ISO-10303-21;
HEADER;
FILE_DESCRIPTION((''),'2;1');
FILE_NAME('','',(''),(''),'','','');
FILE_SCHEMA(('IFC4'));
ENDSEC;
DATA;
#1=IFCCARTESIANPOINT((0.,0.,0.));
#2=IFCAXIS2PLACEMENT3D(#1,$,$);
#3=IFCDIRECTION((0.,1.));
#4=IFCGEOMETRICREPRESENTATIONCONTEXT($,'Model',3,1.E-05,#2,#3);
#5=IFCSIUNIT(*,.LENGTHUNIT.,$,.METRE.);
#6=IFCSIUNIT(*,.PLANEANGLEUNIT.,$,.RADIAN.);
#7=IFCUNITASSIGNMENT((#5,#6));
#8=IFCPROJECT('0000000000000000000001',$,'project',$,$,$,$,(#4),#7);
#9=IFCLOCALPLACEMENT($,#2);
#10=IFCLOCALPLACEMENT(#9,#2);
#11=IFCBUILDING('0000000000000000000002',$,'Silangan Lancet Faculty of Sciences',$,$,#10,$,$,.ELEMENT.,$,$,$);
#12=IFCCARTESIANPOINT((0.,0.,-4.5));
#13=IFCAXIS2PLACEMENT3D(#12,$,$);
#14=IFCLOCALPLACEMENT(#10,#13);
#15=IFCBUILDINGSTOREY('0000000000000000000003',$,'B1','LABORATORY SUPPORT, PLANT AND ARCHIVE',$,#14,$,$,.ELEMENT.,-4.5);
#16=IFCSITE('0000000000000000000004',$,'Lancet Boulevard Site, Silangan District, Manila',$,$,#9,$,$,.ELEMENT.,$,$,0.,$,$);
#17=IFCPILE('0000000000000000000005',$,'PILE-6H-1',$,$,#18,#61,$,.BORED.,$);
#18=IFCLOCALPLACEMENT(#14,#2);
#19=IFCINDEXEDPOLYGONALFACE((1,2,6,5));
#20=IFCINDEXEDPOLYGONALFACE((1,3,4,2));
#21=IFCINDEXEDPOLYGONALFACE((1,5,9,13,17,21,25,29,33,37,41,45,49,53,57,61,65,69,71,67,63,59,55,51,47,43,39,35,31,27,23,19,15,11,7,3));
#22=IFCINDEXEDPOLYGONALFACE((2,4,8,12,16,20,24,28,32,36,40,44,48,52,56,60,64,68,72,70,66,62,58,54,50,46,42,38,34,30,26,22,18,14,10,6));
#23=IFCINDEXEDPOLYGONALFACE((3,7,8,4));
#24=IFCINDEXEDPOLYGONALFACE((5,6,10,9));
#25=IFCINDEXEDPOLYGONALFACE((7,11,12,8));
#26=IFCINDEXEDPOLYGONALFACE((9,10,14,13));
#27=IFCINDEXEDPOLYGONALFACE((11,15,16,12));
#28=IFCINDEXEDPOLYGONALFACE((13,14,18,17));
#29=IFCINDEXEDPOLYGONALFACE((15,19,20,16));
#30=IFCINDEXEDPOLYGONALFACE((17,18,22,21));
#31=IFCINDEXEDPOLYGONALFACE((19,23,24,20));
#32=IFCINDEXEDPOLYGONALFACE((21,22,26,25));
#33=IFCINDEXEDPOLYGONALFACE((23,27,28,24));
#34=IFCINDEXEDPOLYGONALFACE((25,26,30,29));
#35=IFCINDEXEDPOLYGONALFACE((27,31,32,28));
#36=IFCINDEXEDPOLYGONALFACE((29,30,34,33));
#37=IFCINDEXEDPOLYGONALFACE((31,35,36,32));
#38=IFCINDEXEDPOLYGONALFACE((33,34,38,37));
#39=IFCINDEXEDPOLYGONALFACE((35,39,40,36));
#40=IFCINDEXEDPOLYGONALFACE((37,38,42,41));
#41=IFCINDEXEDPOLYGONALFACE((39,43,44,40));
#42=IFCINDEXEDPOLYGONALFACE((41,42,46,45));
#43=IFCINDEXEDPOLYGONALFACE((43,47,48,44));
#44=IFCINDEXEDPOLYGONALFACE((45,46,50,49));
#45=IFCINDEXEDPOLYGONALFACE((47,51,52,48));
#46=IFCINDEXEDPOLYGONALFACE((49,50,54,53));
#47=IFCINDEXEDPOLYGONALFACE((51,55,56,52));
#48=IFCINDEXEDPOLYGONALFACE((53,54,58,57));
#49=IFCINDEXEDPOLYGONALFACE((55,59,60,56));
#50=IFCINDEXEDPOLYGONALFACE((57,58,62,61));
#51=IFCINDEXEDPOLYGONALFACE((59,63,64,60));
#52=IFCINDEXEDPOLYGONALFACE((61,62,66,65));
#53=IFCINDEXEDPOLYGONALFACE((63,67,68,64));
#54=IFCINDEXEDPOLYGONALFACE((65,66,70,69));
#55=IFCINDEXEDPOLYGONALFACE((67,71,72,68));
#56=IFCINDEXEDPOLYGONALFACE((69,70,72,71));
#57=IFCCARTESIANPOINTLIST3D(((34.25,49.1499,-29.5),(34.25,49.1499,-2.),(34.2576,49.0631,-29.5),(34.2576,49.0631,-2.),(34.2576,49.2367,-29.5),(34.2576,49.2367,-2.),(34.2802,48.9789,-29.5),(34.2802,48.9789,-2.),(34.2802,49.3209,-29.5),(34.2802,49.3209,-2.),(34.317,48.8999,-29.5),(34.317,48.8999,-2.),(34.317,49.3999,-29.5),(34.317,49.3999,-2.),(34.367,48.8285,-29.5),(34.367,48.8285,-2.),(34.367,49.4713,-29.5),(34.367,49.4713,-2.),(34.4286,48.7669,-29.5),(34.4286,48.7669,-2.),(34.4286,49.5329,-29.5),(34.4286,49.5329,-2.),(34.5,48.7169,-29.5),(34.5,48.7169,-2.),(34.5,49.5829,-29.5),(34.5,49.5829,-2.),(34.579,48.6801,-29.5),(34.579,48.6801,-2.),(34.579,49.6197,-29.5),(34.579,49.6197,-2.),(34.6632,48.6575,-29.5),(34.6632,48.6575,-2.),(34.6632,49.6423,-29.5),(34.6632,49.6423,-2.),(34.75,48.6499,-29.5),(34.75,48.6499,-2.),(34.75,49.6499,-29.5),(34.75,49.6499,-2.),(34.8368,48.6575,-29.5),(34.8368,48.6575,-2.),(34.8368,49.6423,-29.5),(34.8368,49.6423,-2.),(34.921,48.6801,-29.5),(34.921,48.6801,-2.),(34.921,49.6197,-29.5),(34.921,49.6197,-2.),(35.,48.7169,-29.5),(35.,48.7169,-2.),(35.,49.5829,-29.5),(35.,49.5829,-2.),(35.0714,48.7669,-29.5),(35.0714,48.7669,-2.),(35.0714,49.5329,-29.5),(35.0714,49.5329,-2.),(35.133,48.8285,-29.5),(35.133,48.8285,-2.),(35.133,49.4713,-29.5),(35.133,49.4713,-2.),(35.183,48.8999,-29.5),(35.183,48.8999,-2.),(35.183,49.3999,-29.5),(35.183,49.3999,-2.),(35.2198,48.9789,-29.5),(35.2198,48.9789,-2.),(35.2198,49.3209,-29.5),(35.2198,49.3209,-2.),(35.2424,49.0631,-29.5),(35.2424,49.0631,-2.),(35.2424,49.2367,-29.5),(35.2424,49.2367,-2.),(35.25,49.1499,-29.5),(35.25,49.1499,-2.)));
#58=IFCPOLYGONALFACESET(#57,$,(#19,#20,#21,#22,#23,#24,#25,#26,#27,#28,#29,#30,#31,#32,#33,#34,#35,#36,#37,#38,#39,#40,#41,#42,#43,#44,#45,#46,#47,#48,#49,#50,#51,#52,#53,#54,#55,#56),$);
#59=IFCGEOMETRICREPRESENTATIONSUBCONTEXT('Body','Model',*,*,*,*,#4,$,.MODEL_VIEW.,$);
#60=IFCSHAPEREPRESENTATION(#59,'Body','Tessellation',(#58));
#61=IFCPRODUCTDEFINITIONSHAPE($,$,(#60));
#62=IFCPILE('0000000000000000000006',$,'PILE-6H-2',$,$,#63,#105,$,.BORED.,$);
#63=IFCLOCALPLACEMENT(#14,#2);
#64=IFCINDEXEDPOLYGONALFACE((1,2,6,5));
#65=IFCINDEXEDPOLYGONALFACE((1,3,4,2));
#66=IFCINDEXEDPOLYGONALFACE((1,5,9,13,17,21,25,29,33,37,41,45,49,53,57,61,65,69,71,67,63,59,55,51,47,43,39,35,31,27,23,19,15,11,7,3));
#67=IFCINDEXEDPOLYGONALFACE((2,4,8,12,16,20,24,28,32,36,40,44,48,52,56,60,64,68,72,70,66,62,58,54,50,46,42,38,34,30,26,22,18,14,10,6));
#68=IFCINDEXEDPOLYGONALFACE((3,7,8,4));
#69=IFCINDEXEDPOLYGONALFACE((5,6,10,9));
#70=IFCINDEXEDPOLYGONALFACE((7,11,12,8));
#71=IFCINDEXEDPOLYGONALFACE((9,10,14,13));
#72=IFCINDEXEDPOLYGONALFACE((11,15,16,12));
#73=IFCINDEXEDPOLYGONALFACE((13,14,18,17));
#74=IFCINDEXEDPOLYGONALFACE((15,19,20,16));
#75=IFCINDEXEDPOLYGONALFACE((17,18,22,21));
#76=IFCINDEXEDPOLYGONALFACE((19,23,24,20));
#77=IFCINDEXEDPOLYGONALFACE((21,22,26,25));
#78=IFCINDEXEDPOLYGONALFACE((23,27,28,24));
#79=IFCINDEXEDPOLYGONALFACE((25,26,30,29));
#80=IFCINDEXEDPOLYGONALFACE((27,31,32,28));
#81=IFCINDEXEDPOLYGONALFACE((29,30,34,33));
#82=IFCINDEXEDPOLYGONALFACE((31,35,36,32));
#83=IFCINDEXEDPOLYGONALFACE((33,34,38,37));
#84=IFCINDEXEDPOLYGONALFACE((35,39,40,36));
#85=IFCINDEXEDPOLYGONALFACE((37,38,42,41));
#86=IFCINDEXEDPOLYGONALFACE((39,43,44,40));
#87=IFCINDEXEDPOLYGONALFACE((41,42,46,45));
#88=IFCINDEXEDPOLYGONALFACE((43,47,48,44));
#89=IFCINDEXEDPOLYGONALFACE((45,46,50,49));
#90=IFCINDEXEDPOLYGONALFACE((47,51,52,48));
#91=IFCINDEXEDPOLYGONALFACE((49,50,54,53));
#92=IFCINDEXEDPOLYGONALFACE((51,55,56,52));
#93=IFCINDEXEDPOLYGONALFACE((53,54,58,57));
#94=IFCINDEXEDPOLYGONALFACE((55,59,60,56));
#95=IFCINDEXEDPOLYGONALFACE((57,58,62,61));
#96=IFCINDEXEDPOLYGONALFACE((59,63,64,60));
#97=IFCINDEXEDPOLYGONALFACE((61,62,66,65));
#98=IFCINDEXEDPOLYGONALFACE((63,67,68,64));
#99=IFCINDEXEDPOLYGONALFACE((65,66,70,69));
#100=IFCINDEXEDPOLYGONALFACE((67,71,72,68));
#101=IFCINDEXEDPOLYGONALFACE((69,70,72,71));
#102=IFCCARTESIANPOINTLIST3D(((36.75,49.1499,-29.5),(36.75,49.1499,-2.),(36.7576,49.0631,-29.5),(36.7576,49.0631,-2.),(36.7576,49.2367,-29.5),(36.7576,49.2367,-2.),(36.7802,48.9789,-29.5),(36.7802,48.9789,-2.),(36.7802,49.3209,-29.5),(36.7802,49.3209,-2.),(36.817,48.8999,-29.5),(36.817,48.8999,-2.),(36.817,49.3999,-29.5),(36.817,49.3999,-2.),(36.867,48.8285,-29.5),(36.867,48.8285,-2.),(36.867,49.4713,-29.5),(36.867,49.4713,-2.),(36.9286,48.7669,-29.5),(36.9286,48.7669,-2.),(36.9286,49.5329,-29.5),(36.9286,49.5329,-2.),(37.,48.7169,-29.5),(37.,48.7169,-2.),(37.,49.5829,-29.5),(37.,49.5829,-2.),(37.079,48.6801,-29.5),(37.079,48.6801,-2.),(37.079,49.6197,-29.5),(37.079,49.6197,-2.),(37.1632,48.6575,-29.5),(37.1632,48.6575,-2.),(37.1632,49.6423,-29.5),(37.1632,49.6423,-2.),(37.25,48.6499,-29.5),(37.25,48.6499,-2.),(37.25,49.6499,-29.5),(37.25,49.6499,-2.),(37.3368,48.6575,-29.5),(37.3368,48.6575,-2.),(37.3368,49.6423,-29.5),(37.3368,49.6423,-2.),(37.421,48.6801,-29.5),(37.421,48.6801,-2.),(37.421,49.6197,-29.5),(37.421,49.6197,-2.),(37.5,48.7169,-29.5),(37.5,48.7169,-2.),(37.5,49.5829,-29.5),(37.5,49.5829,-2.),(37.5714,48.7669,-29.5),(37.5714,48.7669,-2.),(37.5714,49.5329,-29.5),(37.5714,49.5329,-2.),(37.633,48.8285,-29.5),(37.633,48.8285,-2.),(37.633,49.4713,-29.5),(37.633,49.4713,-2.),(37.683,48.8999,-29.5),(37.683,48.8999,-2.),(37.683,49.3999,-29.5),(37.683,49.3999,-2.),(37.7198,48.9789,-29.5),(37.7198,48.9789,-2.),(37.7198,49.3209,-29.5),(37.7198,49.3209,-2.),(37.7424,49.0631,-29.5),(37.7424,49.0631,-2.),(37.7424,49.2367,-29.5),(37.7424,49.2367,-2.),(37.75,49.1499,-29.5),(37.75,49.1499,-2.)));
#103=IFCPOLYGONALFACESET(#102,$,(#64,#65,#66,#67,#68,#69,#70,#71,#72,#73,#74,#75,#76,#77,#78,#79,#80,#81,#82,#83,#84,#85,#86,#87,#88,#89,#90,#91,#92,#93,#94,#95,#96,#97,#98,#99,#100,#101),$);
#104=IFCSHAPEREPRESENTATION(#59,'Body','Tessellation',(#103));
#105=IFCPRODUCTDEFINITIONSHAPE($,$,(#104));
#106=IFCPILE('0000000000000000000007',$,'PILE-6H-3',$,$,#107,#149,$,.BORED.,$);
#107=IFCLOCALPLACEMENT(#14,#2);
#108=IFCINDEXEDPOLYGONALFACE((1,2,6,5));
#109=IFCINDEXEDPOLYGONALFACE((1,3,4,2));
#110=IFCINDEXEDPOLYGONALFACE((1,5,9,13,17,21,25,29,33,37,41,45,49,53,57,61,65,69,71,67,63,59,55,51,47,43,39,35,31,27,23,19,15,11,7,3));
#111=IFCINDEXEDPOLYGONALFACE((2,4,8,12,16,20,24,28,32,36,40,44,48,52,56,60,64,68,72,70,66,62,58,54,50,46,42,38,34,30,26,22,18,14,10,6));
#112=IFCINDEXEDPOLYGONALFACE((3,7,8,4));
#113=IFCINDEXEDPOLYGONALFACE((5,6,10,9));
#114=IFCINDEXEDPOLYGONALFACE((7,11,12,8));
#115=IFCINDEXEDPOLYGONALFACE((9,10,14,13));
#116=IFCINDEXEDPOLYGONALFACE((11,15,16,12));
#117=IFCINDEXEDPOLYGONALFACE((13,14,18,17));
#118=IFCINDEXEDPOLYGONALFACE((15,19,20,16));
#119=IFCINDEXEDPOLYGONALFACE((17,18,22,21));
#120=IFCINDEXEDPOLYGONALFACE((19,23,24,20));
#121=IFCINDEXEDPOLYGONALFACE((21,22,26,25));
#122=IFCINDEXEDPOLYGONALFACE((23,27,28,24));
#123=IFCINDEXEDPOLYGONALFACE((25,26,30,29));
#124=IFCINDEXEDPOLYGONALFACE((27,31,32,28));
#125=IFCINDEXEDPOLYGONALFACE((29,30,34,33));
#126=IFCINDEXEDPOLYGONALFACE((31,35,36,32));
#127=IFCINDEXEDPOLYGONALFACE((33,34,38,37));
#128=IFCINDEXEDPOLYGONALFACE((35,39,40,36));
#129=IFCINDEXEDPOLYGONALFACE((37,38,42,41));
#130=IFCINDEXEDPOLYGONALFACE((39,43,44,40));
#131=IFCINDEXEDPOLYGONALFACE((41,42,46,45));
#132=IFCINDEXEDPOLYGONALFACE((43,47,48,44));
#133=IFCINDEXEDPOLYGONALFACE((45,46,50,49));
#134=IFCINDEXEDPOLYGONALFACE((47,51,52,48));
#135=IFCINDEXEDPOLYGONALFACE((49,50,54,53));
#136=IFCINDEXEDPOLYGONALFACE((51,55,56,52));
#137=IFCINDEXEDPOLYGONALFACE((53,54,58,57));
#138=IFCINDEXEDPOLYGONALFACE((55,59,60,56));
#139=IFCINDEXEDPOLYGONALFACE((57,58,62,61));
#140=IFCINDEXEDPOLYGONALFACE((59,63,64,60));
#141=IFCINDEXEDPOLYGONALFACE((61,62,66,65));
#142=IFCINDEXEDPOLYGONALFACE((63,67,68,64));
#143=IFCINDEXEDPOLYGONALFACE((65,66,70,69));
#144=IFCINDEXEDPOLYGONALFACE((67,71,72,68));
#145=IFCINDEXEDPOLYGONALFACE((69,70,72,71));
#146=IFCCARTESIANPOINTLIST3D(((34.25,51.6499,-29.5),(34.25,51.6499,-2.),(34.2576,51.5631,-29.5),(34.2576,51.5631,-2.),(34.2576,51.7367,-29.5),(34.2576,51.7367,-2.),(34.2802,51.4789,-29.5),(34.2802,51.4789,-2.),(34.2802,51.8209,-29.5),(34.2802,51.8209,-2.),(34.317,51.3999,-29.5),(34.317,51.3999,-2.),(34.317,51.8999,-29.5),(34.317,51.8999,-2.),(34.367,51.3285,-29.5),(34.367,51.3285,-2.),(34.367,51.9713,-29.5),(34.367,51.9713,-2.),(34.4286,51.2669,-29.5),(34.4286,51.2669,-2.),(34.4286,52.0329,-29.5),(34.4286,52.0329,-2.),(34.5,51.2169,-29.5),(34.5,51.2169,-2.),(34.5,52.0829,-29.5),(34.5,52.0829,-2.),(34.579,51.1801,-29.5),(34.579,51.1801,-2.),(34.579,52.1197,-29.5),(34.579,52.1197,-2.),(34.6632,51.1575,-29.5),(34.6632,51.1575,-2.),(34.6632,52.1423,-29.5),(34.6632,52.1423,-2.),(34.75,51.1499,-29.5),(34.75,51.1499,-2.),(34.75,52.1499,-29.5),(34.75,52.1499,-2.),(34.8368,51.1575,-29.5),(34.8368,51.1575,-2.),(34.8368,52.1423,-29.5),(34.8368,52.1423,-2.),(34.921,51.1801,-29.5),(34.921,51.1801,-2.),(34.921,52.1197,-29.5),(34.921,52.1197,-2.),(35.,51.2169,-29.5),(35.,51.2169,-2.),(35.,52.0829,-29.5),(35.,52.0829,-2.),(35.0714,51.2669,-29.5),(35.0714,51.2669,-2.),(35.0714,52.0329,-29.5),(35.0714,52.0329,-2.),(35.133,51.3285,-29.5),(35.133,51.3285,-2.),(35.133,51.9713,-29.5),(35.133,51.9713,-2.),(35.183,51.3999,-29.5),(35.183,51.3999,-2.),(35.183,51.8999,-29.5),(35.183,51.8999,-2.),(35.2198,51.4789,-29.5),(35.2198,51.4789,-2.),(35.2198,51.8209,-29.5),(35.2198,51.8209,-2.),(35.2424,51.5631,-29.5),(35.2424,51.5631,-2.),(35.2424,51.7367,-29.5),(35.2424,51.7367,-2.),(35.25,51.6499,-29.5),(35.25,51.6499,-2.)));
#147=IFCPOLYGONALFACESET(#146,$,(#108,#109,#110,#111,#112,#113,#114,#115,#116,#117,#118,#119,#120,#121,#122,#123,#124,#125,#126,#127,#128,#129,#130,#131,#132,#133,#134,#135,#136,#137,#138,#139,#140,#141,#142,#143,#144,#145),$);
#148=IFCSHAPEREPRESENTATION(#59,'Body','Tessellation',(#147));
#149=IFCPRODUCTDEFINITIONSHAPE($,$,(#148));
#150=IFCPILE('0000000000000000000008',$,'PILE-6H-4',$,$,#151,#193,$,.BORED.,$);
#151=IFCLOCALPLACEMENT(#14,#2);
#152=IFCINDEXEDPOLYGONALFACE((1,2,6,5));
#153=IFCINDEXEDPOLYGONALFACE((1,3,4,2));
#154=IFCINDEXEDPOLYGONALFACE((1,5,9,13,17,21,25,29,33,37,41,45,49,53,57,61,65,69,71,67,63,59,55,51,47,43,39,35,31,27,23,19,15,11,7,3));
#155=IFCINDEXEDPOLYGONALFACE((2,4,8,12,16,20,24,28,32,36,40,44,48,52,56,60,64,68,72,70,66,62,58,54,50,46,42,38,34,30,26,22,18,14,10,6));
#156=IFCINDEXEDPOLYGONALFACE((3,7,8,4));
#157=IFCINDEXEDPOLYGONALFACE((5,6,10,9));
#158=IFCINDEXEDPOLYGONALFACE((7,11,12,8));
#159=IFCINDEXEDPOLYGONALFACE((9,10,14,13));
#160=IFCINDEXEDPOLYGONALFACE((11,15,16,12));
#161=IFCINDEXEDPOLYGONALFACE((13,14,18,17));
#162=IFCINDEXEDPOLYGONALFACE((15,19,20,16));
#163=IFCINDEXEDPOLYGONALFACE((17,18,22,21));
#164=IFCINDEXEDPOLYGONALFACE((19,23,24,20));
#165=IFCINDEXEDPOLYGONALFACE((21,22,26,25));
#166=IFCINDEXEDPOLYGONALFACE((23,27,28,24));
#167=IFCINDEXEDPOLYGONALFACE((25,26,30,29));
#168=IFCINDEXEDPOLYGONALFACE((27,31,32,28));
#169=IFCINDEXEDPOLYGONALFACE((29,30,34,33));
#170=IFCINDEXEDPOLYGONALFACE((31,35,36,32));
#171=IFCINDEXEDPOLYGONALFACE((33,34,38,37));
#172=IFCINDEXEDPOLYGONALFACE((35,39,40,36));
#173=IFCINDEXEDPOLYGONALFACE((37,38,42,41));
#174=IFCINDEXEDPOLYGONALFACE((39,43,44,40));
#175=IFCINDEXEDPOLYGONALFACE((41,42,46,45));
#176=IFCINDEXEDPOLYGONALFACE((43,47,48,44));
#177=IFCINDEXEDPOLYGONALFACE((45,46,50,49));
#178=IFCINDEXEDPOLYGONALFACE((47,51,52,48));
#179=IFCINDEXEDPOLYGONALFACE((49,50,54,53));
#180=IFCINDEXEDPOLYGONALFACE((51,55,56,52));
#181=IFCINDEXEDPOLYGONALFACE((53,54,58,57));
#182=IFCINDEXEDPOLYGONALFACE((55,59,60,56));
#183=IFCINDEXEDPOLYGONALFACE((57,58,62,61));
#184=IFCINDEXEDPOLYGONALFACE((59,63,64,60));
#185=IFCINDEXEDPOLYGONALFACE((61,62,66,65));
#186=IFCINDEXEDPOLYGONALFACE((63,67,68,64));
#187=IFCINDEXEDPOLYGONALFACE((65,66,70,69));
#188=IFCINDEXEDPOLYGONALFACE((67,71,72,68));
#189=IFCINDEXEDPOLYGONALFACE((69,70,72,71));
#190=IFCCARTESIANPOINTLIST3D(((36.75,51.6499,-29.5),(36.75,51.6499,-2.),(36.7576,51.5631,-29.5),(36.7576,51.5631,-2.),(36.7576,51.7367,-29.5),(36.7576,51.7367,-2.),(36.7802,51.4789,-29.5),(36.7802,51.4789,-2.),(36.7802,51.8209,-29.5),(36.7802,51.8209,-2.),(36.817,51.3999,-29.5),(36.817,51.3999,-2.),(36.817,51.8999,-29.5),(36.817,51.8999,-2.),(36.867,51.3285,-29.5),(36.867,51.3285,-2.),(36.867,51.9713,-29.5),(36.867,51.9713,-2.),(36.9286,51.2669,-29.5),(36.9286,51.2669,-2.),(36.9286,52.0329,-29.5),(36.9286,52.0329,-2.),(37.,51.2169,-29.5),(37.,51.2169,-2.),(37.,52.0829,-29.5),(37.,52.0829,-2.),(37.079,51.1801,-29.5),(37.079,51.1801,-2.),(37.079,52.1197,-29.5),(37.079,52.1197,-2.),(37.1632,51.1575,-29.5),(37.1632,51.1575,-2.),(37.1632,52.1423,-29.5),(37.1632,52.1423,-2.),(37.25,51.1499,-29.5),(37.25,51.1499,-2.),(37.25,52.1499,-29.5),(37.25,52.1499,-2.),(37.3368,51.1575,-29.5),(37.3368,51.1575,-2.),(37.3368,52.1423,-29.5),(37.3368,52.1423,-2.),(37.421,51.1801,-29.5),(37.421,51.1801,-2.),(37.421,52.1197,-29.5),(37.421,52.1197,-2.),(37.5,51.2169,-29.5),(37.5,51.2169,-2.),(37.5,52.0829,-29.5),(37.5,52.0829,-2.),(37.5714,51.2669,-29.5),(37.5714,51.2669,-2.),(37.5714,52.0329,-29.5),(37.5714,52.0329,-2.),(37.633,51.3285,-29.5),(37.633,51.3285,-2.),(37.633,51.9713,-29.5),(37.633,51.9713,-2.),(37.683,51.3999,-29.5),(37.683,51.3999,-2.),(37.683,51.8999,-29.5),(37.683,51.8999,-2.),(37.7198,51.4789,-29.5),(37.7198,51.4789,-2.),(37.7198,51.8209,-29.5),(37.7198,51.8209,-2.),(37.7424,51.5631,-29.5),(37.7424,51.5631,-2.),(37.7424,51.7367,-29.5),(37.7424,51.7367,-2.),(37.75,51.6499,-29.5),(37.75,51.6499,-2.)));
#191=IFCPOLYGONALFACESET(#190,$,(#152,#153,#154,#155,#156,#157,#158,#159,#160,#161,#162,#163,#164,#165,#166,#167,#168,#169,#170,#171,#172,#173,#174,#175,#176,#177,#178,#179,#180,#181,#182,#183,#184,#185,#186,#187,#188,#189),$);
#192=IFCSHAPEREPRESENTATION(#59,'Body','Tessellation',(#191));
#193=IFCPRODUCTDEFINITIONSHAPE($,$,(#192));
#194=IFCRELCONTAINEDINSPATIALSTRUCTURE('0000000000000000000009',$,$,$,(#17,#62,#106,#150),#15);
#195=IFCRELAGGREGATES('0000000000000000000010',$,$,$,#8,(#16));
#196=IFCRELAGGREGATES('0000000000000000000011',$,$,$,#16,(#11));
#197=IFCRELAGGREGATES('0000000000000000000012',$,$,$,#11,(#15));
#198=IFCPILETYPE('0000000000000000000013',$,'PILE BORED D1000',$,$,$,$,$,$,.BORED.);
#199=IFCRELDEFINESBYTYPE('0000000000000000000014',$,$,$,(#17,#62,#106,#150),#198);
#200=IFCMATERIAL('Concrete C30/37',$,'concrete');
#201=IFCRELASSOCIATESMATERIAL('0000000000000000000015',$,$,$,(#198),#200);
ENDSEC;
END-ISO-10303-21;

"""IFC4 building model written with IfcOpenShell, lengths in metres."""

from ifc_helpers import new_model, si_unit, direction, frame, origin, origin_2d, place, context, subcontext, project, spatial, circle, extrude, material, material_profile, profile_set, type_object, element, save


model = new_model("IFC4")

# Units and contexts
model_context = context("Model", 3, precision=1e-05, world=origin(), true_north=direction((0.0, 1.0)))
body_context = subcontext(model_context, "Body", "Model", "MODEL_VIEW")
ifc_project = project(units=[si_unit("LENGTHUNIT", "METRE"), si_unit("PLANEANGLEUNIT", "RADIAN")], contexts=[model_context])

# Site, building, storey
site_placement = place(None, origin())
site = spatial("IfcSite", under=ifc_project, at=site_placement, Name="Lancet Boulevard Site, Silangan District, Manila", CompositionType="ELEMENT", RefElevation=0.0)
building_placement = place(site_placement, origin())
building = spatial("IfcBuilding", under=site, at=building_placement, Name="Silangan Lancet Faculty of Sciences", CompositionType="ELEMENT")
storey_placement = place(building_placement, frame((0.0, 0.0, -4.5)))
storey = spatial("IfcBuildingStorey", under=building, at=storey_placement, Name="B1", Description="LABORATORY SUPPORT, PLANT AND ARCHIVE", CompositionType="ELEMENT", Elevation=-4.5)

# Piles
ifc_material_1 = material(Name="Concrete C30/37", Category="concrete")
ifc_material_profile_1 = material_profile(ifc_material_1, circle(Radius=0.5, at=origin_2d()), Name="BORED PILE D1000")
ifc_profile_set_1 = profile_set([ifc_material_profile_1], Name="Concrete C30/37")
pile_type = type_object("IfcPileType", Name="PILE BORED D1000", PredefinedType="BORED", material=ifc_profile_set_1)
for number, where, z_axis, x_axis, name in (
    (1, (34.75, 49.1499, -2.0), (0.0, 0.0, -1.0), (1.0, 0.0, 0.0), "PILE-6H-1"),
    (2, (37.25, 49.1499, -2.0), (0.0, 0.0, -1.0), (1.0, 0.0, 0.0), "PILE-6H-2"),
    (3, (34.75, 51.6499, -2.0), (0.0, 0.0, -1.0), (1.0, 0.0, 0.0), "PILE-6H-3"),
    (4, (37.25, 51.6499, -2.0), (0.0, 0.0, -1.0), (1.0, 0.0, 0.0), "PILE-6H-4"),
):
    element("IfcPile", number, at=place(storey_placement, frame(where, z_axis=z_axis, x_axis=x_axis)), inside=storey, type_object=pile_type, Name=name, PredefinedType="BORED", context=body_context, shape_type="SweptSolid", body=[
        extrude(circle(Radius=0.5, at=origin_2d()), origin(), (0.0, 0.0, 1.0), 27.5),
    ])

save(model, "model.ifc")
